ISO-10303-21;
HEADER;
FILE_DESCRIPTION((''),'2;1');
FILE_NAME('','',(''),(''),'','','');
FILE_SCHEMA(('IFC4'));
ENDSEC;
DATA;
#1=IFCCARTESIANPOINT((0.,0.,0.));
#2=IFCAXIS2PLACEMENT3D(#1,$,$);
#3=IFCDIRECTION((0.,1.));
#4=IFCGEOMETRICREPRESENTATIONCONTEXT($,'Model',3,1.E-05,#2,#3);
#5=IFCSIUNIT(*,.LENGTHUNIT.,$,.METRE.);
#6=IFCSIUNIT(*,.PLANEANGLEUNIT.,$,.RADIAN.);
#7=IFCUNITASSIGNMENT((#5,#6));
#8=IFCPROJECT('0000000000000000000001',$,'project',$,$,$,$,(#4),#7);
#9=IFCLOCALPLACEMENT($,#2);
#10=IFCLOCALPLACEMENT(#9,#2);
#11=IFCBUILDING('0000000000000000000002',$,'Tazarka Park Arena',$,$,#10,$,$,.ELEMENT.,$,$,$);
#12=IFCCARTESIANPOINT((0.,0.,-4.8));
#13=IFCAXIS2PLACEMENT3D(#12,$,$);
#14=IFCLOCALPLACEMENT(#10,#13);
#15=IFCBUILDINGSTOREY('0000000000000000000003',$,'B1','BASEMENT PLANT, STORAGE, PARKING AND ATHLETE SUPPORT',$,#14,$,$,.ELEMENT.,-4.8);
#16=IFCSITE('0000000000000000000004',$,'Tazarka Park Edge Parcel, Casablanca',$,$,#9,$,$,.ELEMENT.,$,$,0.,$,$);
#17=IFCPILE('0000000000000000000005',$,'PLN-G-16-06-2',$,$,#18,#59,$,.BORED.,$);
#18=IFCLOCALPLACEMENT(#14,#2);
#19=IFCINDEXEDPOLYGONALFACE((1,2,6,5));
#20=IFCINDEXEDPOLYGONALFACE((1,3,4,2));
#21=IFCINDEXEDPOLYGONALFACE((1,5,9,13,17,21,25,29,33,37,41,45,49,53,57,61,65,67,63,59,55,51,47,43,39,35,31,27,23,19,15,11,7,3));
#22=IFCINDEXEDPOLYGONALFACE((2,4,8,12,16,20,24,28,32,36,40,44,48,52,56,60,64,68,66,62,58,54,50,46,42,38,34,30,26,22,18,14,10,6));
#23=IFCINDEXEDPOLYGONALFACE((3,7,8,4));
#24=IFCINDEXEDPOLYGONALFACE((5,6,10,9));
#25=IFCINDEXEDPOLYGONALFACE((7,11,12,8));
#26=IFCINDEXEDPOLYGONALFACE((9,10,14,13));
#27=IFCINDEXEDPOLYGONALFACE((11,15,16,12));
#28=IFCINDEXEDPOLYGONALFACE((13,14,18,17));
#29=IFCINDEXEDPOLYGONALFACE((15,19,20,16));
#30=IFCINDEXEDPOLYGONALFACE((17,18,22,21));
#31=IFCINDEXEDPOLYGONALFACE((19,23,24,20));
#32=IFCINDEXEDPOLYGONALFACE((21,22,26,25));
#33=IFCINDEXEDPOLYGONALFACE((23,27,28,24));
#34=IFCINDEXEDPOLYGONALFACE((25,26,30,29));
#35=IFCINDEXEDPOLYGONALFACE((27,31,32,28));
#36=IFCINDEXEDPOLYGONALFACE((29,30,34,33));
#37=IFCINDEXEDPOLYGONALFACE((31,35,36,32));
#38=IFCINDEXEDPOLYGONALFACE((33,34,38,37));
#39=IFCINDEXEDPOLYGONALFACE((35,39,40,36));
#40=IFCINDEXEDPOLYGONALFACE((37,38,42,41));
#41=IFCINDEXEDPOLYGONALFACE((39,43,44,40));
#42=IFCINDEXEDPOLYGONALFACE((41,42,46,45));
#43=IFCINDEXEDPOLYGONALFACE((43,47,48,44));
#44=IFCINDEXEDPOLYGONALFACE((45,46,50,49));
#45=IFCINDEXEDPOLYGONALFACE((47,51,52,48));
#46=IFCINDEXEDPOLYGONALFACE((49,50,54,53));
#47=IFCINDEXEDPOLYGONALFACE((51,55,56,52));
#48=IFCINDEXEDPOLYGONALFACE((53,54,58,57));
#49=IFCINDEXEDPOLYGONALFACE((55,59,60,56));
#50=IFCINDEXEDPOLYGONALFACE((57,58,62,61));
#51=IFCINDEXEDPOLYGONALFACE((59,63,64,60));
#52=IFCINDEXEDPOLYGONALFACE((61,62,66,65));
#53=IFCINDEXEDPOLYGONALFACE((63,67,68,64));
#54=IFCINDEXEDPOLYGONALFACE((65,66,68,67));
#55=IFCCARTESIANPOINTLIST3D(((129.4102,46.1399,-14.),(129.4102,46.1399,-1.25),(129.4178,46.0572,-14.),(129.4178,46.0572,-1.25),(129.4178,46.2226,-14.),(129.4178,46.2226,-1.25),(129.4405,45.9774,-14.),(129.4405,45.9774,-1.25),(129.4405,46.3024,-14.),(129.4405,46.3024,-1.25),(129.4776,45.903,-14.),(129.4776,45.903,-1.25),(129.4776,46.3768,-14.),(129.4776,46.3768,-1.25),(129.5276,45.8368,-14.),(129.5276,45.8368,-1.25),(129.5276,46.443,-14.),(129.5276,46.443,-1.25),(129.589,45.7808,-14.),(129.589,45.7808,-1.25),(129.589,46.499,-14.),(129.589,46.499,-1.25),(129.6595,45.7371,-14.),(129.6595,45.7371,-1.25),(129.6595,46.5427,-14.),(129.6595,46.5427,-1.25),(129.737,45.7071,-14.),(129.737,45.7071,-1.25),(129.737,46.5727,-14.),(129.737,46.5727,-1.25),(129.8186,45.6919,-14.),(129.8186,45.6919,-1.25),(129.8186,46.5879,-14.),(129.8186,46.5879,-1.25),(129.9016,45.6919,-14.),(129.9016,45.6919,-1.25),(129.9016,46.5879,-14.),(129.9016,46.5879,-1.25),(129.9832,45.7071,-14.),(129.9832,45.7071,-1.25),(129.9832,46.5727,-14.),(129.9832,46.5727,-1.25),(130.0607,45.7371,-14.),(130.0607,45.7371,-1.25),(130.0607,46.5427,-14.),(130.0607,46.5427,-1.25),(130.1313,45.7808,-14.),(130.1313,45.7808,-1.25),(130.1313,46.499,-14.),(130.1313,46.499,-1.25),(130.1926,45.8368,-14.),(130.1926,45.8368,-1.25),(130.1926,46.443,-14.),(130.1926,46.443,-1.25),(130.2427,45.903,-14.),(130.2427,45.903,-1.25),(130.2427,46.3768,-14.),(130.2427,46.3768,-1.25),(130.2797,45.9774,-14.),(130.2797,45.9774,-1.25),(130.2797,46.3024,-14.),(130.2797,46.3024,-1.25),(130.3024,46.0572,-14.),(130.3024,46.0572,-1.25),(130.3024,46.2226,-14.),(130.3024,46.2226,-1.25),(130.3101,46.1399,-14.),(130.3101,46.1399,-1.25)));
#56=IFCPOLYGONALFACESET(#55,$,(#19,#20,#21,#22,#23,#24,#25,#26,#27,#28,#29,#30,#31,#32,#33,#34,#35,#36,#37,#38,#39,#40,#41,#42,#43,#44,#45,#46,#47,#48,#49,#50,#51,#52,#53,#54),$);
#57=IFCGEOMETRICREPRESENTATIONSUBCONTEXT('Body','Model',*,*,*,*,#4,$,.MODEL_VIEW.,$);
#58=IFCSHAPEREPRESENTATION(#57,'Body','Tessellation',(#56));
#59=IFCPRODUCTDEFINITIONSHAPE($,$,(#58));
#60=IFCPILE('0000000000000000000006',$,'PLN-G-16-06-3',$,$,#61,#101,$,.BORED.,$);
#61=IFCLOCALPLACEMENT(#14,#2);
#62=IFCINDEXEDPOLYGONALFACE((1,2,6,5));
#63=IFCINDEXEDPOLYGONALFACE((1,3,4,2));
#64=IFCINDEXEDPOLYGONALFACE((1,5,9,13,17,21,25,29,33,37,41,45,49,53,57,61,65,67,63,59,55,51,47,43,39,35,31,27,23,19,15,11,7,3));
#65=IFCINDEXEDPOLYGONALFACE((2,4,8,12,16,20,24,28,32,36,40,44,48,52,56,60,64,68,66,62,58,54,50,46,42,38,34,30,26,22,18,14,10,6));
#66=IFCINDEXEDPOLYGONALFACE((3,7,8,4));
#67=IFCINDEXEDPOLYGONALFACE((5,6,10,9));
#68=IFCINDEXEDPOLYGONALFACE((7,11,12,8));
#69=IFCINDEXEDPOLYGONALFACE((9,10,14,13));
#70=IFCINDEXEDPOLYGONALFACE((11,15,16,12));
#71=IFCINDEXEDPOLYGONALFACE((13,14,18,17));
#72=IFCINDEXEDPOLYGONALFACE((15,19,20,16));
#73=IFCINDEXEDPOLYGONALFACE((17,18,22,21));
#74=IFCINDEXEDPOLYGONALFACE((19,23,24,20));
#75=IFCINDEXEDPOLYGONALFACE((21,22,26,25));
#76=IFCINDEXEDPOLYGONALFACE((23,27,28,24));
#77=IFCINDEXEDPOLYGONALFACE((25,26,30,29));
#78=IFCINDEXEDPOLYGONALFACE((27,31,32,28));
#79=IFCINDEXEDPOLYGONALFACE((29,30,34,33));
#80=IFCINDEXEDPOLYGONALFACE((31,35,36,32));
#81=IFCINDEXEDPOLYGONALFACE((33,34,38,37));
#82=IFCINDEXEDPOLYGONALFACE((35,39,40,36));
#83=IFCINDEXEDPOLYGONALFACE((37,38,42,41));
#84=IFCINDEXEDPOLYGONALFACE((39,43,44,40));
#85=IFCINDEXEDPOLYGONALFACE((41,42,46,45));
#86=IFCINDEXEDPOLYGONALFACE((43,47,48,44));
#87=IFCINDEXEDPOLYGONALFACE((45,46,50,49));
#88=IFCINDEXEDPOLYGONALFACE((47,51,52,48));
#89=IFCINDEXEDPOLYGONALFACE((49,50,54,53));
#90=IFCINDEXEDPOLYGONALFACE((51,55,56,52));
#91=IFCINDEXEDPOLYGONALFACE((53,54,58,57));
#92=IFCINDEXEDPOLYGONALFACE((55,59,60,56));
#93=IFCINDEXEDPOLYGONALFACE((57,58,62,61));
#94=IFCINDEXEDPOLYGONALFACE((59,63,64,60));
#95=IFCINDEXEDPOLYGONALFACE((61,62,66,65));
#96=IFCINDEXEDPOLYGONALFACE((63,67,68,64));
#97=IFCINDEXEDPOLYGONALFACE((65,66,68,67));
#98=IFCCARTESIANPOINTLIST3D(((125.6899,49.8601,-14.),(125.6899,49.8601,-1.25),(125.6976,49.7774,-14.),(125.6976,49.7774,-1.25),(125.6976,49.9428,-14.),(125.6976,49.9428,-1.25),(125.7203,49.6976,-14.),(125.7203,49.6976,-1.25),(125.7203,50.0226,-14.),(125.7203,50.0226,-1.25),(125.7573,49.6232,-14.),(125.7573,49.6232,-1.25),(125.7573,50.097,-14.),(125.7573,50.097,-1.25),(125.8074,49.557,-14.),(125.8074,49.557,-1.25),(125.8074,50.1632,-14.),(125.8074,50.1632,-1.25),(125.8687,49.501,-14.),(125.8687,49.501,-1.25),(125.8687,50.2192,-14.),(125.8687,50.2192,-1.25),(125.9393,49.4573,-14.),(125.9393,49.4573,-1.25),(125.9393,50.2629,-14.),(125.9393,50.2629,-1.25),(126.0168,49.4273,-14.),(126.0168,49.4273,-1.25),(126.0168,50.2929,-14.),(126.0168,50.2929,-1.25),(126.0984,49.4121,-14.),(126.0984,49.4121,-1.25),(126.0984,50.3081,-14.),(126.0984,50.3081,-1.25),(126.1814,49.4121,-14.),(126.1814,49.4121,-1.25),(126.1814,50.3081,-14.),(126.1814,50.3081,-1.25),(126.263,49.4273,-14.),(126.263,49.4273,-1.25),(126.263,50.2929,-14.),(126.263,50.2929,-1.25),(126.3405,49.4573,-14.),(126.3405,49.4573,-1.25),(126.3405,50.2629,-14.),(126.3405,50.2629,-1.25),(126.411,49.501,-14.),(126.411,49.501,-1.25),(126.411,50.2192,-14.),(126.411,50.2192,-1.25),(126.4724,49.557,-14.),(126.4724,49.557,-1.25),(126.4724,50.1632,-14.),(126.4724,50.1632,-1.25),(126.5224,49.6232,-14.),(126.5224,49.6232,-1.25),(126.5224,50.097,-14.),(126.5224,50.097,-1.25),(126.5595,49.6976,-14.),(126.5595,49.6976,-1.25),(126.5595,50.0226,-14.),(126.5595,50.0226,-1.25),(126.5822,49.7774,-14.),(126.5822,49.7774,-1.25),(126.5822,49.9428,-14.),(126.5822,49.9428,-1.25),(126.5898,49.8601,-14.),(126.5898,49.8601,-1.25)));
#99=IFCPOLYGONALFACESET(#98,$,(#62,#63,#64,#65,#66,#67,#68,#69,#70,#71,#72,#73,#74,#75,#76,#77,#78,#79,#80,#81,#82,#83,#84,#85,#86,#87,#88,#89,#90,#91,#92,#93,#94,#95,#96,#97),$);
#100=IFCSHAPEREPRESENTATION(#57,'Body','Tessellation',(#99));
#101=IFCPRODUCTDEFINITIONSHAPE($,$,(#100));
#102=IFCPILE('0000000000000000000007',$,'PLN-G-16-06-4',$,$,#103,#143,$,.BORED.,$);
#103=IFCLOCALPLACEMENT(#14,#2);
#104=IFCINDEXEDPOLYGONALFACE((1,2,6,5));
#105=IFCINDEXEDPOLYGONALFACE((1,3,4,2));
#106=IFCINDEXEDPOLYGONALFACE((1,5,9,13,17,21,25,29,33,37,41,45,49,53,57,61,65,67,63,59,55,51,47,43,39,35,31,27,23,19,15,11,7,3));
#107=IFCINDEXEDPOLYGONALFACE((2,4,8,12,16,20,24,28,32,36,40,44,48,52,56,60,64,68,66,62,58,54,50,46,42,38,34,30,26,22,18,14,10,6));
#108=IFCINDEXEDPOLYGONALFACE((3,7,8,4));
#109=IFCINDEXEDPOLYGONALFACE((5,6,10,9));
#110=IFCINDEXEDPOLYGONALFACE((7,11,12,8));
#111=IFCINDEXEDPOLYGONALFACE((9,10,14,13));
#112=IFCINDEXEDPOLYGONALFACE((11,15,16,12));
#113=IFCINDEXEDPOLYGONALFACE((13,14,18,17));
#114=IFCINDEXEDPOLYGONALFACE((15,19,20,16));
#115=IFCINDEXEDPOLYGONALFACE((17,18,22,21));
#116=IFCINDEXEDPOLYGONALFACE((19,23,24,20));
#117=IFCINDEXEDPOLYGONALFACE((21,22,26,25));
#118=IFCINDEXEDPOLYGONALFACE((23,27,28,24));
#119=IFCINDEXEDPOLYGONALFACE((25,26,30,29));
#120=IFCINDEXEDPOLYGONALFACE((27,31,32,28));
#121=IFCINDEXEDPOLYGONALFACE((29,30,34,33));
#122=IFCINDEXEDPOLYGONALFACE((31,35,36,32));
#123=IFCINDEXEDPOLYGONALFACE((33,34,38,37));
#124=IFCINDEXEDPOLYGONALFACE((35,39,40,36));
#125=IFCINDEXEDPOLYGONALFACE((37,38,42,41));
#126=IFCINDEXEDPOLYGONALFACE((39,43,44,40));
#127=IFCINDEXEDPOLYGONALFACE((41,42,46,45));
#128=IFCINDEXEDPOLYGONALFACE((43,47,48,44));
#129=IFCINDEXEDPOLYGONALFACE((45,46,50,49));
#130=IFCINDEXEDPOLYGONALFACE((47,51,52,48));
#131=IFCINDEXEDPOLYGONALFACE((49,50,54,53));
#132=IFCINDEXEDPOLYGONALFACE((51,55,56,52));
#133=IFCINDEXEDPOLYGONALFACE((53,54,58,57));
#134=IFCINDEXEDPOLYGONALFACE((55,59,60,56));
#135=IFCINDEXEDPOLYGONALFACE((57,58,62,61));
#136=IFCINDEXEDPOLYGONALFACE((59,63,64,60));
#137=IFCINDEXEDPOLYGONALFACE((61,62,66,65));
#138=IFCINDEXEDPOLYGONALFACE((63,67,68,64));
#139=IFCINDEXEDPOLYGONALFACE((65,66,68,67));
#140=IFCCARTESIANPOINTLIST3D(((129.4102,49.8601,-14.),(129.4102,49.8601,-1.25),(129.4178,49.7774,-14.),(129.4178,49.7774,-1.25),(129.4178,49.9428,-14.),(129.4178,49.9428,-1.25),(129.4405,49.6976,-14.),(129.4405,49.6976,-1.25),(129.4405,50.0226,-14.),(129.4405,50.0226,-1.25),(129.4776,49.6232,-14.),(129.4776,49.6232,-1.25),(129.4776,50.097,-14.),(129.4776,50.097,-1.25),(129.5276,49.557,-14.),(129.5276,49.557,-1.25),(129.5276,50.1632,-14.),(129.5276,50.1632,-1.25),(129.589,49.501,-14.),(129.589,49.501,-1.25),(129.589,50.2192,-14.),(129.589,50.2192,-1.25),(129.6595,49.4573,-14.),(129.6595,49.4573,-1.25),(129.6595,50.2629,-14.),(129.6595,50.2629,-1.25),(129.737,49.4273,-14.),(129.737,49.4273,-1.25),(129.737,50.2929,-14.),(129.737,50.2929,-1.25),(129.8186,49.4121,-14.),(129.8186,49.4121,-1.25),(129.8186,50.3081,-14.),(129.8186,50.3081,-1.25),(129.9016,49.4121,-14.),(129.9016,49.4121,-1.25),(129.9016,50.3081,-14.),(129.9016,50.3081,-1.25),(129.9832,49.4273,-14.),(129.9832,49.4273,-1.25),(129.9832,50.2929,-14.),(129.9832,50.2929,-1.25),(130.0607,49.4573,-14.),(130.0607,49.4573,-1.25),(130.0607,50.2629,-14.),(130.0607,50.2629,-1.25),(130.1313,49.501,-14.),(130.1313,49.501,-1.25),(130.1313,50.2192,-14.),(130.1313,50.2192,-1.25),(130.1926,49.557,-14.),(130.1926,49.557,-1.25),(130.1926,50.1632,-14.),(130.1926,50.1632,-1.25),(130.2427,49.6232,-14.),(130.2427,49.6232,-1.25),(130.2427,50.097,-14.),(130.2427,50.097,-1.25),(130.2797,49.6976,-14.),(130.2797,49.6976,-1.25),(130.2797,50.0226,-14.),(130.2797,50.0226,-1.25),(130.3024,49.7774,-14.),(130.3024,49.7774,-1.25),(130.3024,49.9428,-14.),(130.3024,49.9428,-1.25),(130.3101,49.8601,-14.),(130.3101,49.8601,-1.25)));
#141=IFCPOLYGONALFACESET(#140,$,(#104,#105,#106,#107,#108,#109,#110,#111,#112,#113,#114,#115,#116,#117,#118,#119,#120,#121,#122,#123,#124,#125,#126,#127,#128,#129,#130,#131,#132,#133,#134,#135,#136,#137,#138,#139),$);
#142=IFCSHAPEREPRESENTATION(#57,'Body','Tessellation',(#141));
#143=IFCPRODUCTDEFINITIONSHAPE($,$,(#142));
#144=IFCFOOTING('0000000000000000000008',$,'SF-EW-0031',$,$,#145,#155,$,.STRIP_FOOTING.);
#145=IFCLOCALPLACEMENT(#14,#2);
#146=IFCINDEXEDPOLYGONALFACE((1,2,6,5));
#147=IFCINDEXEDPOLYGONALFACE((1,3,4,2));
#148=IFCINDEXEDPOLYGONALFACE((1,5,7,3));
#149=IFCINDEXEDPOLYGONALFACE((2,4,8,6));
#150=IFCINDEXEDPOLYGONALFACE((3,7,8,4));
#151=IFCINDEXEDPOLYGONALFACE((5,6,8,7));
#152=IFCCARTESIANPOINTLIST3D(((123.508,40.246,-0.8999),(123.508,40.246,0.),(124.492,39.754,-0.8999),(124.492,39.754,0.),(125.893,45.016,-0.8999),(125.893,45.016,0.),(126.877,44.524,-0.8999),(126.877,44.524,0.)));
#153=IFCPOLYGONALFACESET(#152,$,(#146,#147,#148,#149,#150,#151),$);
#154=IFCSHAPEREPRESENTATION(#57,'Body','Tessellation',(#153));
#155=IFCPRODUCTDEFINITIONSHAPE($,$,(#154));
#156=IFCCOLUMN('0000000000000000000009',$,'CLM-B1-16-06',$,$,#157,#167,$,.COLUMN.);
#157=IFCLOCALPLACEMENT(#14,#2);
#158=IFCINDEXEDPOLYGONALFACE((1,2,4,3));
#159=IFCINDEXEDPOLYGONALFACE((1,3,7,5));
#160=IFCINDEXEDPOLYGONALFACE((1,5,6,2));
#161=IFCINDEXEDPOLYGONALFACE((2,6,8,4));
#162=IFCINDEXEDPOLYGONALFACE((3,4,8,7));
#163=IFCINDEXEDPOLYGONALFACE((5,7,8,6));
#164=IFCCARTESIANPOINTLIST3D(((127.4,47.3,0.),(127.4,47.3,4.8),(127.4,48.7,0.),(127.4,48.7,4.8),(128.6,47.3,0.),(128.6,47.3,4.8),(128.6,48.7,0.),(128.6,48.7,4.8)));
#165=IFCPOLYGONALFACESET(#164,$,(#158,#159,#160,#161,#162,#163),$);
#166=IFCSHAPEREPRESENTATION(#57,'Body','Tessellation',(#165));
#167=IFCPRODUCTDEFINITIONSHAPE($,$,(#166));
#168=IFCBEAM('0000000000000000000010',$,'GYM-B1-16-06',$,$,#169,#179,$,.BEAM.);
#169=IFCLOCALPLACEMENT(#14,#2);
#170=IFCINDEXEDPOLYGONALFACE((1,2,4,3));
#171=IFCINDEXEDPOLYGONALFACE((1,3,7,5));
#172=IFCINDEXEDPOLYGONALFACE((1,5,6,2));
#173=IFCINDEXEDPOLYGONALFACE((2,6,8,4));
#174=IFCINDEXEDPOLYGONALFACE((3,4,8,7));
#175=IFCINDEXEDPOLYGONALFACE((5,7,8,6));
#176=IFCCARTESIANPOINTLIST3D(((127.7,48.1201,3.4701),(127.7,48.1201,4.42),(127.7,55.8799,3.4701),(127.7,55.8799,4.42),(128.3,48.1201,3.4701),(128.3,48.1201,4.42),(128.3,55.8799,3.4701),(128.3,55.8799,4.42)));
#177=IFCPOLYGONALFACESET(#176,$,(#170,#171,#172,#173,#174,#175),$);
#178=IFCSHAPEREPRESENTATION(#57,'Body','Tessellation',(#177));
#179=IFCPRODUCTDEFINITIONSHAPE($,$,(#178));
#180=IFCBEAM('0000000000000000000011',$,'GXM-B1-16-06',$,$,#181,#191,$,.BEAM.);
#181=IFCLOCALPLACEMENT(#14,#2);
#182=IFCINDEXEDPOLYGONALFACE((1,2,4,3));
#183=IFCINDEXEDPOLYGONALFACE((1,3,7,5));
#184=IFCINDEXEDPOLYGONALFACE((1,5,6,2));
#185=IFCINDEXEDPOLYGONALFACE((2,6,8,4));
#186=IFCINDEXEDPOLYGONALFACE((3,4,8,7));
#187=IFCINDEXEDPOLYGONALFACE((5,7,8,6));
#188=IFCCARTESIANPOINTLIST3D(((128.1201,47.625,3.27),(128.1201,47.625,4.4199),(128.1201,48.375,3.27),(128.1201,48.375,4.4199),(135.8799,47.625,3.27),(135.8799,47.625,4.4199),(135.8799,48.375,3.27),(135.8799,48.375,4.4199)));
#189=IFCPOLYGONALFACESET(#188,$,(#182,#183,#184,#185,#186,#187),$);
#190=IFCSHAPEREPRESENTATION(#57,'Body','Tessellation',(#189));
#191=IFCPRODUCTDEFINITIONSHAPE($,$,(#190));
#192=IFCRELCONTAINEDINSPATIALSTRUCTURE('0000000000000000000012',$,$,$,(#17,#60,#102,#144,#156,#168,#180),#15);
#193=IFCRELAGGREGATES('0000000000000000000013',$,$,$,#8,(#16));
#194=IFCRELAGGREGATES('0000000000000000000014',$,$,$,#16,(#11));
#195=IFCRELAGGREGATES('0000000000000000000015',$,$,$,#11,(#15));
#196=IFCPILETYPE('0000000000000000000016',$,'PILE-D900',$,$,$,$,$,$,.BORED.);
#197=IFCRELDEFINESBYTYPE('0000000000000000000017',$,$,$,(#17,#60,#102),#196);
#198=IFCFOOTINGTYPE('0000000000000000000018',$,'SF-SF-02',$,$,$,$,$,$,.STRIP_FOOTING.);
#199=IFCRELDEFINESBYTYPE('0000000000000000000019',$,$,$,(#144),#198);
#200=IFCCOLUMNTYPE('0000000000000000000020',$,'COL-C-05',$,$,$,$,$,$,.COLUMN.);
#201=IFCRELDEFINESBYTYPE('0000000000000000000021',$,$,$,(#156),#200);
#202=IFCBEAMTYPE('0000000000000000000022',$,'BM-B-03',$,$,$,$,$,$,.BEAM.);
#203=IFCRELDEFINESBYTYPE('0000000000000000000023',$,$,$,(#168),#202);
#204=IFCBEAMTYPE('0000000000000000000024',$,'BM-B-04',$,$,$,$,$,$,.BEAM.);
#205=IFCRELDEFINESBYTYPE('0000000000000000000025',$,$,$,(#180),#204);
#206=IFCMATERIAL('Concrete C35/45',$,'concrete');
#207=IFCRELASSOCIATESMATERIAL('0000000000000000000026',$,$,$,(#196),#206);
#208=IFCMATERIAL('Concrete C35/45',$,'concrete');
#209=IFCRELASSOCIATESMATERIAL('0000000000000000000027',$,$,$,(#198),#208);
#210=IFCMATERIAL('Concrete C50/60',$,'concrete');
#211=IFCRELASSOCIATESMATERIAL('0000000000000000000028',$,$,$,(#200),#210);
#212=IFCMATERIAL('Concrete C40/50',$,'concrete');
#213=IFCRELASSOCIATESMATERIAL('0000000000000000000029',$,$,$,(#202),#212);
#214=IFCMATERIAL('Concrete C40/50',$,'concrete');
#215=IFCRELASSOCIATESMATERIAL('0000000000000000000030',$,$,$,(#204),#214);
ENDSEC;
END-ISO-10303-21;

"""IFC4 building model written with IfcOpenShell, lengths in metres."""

from ifc_helpers import new_model, si_unit, direction, frame, origin, origin_2d, place, context, subcontext, project, spatial, rectangle, circle, extrude, material, material_profile, profile_set, type_object, element, save


model = new_model("IFC4")

# Units and contexts
model_context = context("Model", 3, precision=1e-05, world=origin(), true_north=direction((0.0, 1.0)))
body_context = subcontext(model_context, "Body", "Model", "MODEL_VIEW")
ifc_project = project(units=[si_unit("LENGTHUNIT", "METRE"), si_unit("PLANEANGLEUNIT", "RADIAN")], contexts=[model_context])

# Site, building, storey
site_placement = place(None, origin())
site = spatial("IfcSite", under=ifc_project, at=site_placement, Name="Tazarka Park Edge Parcel, Casablanca", CompositionType="ELEMENT", RefElevation=0.0)
building_placement = place(site_placement, origin())
building = spatial("IfcBuilding", under=site, at=building_placement, Name="Tazarka Park Arena", CompositionType="ELEMENT")
storey_placement = place(building_placement, frame((0.0, 0.0, -4.8)))
storey = spatial("IfcBuildingStorey", under=building, at=storey_placement, Name="B1", Description="BASEMENT PLANT, STORAGE, PARKING AND ATHLETE SUPPORT", CompositionType="ELEMENT", Elevation=-4.8)

# Piles
ifc_material_1 = material(Name="Concrete C35/45", Category="concrete")
ifc_material_profile_1 = material_profile(ifc_material_1, circle(Radius=0.45, at=origin_2d()), Name="Concrete C35/45")
ifc_profile_set_1 = profile_set([ifc_material_profile_1], Name="Concrete C35/45")
pile_type_1 = type_object("IfcPileType", Name="PILE-D900", PredefinedType="BORED", material=ifc_profile_set_1)
for number, where, z_axis, x_axis, name in (
    (1, (129.8601, 46.1399, -1.25), (0.0, 0.0, -1.0), (1.0, 0.0, 0.0), "PLN-G-16-06-2"),
    (2, (126.1399, 49.8601, -1.25), (0.0, 0.0, -1.0), (1.0, 0.0, 0.0), "PLN-G-16-06-3"),
    (3, (129.8601, 49.8601, -1.25), (0.0, 0.0, -1.0), (1.0, 0.0, 0.0), "PLN-G-16-06-4"),
):
    element("IfcPile", number, at=place(storey_placement, frame(where, z_axis=z_axis, x_axis=x_axis)), inside=storey, type_object=pile_type_1, Name=name, PredefinedType="BORED", context=body_context, shape_type="SweptSolid", body=[
        extrude(circle(Radius=0.45, at=origin_2d()), origin(), (0.0, 0.0, 1.0), 12.75),
    ])

# Footing
ifc_material_2 = material(Name="Concrete C35/45", Category="concrete")
ifc_material_profile_2 = material_profile(ifc_material_2, rectangle(XDim=1.1001, YDim=0.8999, at=origin_2d()), Name="Concrete C35/45")
ifc_profile_set_2 = profile_set([ifc_material_profile_2], Name="Concrete C35/45")
footing_type_1 = type_object("IfcFootingType", Name="SF-SF-02", PredefinedType="STRIP_FOOTING", material=ifc_profile_set_2)
footing_1_placement = place(storey_placement, frame((126.385, 44.77, -0.45), z_axis=(-0.447214, -0.894427, 0.0), x_axis=(0.894427, -0.447214, 0.0)))
element("IfcFooting", 4, at=footing_1_placement, inside=storey, type_object=footing_type_1, Name="SF-EW-0031", PredefinedType="STRIP_FOOTING", context=body_context, shape_type="SweptSolid", body=[
    extrude(rectangle(XDim=1.1001, YDim=0.8999, at=origin_2d()), origin(), (0.0, 0.0, 1.0), 5.333),
])

# Column
ifc_material_3 = material(Name="Concrete C50/60", Category="concrete")
ifc_material_profile_3 = material_profile(ifc_material_3, rectangle(XDim=1.2, YDim=1.3999, at=origin_2d()), Name="Concrete C50/60")
ifc_profile_set_3 = profile_set([ifc_material_profile_3], Name="Concrete C50/60")
column_type = type_object("IfcColumnType", Name="COL-C-05", PredefinedType="COLUMN", material=ifc_profile_set_3)
column_placement = place(storey_placement, frame((128.0, 48.0, 0.0), z_axis=(0.0, 0.0, 1.0), x_axis=(1.0, 0.0, 0.0)))
element("IfcColumn", 5, at=column_placement, inside=storey, type_object=column_type, Name="CLM-B1-16-06", PredefinedType="COLUMN", context=body_context, shape_type="SweptSolid", body=[
    extrude(rectangle(XDim=1.2, YDim=1.3999, at=origin_2d()), origin(), (0.0, 0.0, 1.0), 4.8),
])

# Beams
ifc_material_4 = material(Name="Concrete C40/50", Category="concrete")
ifc_material_profile_4 = material_profile(ifc_material_4, rectangle(XDim=0.6001, YDim=0.95, at=origin_2d()), Name="Concrete C40/50")
ifc_profile_set_4 = profile_set([ifc_material_profile_4], Name="Concrete C40/50")
beam_type_1 = type_object("IfcBeamType", Name="BM-B-03", PredefinedType="BEAM", material=ifc_profile_set_4)
beam_1_placement = place(storey_placement, frame((128.0, 48.1201, 3.9451), z_axis=(0.0, 1.0, 0.0), x_axis=(-1.0, 0.0, 0.0)))
element("IfcBeam", 6, at=beam_1_placement, inside=storey, type_object=beam_type_1, Name="GYM-B1-16-06", PredefinedType="BEAM", context=body_context, shape_type="SweptSolid", body=[
    extrude(rectangle(XDim=0.6001, YDim=0.95, at=origin_2d()), origin(), (0.0, 0.0, 1.0), 7.7598),
])
ifc_material_5 = material(Name="Concrete C40/50", Category="concrete")
ifc_material_profile_5 = material_profile(ifc_material_5, rectangle(XDim=0.75, YDim=1.1499, at=origin_2d()), Name="Concrete C40/50")
ifc_profile_set_5 = profile_set([ifc_material_profile_5], Name="Concrete C40/50")
beam_type_2 = type_object("IfcBeamType", Name="BM-B-04", PredefinedType="BEAM", material=ifc_profile_set_5)
beam_2_placement = place(storey_placement, frame((128.1201, 48.0, 3.845), z_axis=(1.0, 0.0, 0.0), x_axis=(0.0, 1.0, 0.0)))
element("IfcBeam", 7, at=beam_2_placement, inside=storey, type_object=beam_type_2, Name="GXM-B1-16-06", PredefinedType="BEAM", context=body_context, shape_type="SweptSolid", body=[
    extrude(rectangle(XDim=0.75, YDim=1.1499, at=origin_2d()), origin(), (0.0, 0.0, 1.0), 7.7598),
])

save(model, "model.ifc")
